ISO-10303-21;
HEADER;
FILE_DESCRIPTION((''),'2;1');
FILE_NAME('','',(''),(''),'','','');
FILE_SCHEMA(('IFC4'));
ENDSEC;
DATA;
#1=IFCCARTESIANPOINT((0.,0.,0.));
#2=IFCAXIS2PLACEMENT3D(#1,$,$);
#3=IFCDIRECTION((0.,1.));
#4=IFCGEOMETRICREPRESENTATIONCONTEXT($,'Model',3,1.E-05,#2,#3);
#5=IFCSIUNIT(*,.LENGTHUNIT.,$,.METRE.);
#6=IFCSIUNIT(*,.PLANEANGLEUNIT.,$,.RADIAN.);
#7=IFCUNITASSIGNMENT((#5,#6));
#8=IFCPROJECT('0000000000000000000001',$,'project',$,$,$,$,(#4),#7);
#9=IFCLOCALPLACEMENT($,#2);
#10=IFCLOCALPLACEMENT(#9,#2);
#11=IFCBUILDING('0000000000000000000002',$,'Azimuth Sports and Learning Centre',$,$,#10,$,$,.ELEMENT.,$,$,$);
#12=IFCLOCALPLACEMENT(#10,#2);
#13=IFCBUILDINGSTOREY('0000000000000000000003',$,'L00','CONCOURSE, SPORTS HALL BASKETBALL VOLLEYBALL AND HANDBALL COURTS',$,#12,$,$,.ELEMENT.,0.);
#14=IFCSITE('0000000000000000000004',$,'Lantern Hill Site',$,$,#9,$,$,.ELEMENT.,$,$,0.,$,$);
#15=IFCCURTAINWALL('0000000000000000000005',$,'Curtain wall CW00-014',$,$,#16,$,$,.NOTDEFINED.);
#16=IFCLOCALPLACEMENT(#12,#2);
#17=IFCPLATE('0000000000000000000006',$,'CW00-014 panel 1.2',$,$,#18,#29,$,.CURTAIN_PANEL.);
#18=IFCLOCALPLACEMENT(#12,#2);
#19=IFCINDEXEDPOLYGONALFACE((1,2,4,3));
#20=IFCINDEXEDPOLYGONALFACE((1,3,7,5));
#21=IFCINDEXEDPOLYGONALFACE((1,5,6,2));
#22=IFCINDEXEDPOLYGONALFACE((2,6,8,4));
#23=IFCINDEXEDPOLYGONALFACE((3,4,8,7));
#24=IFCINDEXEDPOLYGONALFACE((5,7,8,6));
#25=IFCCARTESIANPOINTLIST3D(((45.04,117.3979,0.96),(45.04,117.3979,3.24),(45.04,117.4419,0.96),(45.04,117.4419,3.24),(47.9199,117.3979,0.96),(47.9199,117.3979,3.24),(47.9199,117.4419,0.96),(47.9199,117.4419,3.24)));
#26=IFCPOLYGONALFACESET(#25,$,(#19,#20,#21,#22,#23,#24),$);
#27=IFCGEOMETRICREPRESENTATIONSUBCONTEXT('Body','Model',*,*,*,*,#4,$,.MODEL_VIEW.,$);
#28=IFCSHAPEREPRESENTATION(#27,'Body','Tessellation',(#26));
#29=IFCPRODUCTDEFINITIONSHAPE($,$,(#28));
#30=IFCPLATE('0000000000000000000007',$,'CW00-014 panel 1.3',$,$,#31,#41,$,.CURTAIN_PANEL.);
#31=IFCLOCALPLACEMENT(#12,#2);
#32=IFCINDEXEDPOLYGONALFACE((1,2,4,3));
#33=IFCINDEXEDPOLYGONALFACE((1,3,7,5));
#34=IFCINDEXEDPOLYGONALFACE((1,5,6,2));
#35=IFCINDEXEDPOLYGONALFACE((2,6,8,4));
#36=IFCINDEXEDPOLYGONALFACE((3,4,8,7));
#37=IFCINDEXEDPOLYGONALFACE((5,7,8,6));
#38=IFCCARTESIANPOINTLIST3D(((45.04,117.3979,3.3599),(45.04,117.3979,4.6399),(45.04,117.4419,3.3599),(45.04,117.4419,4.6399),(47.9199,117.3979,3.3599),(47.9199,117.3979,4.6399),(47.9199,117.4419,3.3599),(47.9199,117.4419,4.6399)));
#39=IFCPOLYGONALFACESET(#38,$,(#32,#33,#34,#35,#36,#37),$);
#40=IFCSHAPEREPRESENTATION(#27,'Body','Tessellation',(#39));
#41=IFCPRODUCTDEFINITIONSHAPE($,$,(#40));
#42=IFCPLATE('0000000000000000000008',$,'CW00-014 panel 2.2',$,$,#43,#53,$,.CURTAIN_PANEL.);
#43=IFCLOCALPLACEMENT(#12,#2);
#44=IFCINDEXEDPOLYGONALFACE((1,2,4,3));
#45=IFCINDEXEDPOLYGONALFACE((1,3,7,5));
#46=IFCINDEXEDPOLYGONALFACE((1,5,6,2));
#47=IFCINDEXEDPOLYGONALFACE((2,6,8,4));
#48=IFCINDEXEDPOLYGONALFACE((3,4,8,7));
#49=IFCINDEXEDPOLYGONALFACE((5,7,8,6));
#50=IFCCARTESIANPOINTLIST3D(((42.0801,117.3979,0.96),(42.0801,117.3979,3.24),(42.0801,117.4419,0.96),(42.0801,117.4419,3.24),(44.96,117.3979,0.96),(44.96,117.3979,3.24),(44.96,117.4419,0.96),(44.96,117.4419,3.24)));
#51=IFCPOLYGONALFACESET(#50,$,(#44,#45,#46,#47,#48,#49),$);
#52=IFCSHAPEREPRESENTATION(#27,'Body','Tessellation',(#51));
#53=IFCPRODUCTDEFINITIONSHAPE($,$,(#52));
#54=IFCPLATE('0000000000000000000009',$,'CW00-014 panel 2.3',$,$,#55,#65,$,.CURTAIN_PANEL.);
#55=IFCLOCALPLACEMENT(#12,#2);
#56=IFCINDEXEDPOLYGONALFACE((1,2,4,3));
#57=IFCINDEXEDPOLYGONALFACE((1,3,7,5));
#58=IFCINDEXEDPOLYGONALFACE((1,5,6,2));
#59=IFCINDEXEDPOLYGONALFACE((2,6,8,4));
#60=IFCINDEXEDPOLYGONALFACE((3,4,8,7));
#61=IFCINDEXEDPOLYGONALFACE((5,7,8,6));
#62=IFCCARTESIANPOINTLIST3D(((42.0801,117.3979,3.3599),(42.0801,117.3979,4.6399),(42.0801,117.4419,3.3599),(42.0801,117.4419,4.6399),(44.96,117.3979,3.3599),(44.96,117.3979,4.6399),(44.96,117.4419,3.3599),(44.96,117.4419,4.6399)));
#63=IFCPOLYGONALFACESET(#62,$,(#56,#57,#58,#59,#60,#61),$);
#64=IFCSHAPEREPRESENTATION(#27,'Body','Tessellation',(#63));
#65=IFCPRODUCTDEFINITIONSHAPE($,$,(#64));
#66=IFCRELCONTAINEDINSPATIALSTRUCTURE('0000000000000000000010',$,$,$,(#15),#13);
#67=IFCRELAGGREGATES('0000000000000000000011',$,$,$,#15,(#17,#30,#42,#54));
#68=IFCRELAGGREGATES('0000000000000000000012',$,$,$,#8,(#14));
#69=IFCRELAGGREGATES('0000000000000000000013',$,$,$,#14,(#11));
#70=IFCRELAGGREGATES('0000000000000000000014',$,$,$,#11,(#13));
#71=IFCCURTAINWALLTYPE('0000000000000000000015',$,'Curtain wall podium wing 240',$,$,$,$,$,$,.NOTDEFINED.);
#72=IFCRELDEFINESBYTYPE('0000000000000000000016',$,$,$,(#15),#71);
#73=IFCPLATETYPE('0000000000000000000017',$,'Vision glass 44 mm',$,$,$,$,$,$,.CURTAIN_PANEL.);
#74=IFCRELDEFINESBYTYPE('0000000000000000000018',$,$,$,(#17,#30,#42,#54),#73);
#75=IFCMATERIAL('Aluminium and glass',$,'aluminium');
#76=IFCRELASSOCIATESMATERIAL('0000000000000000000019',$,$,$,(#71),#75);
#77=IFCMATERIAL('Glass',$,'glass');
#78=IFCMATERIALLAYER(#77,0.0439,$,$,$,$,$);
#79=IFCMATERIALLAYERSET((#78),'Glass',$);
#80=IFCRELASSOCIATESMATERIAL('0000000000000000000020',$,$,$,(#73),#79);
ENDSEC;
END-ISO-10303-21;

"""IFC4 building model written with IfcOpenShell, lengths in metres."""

from ifc_helpers import new_model, si_unit, direction, frame, origin, origin_2d, place, context, subcontext, project, spatial, rectangle, extrude, material, layer, layer_set, type_object, element, aggregate, save


model = new_model("IFC4")

# Units and contexts
model_context = context("Model", 3, precision=1e-05, world=origin(), true_north=direction((0.0, 1.0)))
body_context = subcontext(model_context, "Body", "Model", "MODEL_VIEW")
ifc_project = project(units=[si_unit("LENGTHUNIT", "METRE"), si_unit("PLANEANGLEUNIT", "RADIAN")], contexts=[model_context])

# Site, building, storey
site_placement = place(None, origin())
site = spatial("IfcSite", under=ifc_project, at=site_placement, Name="Lantern Hill Site", CompositionType="ELEMENT", RefElevation=0.0)
building_placement = place(site_placement, origin())
building = spatial("IfcBuilding", under=site, at=building_placement, Name="Azimuth Sports and Learning Centre", CompositionType="ELEMENT")
storey_placement = place(building_placement, origin())
storey = spatial("IfcBuildingStorey", under=building, at=storey_placement, Name="L00", Description="CONCOURSE, SPORTS HALL BASKETBALL VOLLEYBALL AND HANDBALL COURTS", CompositionType="ELEMENT", Elevation=0.0)

# Curtain wall
ifc_material_1 = material(Name="Aluminium and glass", Category="aluminium")
curtain_wall_type = type_object("IfcCurtainWallType", Name="Curtain wall podium wing 240", PredefinedType="NOTDEFINED", material=ifc_material_1)
curtain_wall_1_placement = place(storey_placement, origin())
curtain_wall_1 = element("IfcCurtainWall", 1, at=curtain_wall_1_placement, inside=storey, type_object=curtain_wall_type, Name="Curtain wall CW00-014", PredefinedType="NOTDEFINED")

# Plates
ifc_material_2 = material(Name="Glass", Category="glass")
ifc_layer_1 = layer(ifc_material_2, 0.0439)
ifc_layer_set_1 = layer_set([ifc_layer_1], Name="Glass")
plate_type_1 = type_object("IfcPlateType", Name="Vision glass 44 mm", PredefinedType="CURTAIN_PANEL", material=ifc_layer_set_1)
plate_1_placement = place(storey_placement, frame((46.48, 117.4199, 0.96), z_axis=(0.0, 0.0, 1.0), x_axis=(-1.0, 0.0, 0.0)))
plate_1 = element("IfcPlate", 2, at=plate_1_placement, type_object=plate_type_1, Name="CW00-014 panel 1.2", PredefinedType="CURTAIN_PANEL", context=body_context, shape_type="SweptSolid", body=[
    extrude(rectangle(XDim=2.8799, YDim=0.0439, at=origin_2d()), origin(), (0.0, 0.0, 1.0), 2.28),
])
plate_2_placement = place(storey_placement, frame((46.48, 117.4199, 3.3599), z_axis=(0.0, 0.0, 1.0), x_axis=(-1.0, 0.0, 0.0)))
plate_2 = element("IfcPlate", 3, at=plate_2_placement, type_object=plate_type_1, Name="CW00-014 panel 1.3", PredefinedType="CURTAIN_PANEL", context=body_context, shape_type="SweptSolid", body=[
    extrude(rectangle(XDim=2.8799, YDim=0.0439, at=origin_2d()), origin(), (0.0, 0.0, 1.0), 1.28),
])
plate_3_placement = place(storey_placement, frame((43.52, 117.4199, 0.96), z_axis=(0.0, 0.0, 1.0), x_axis=(-1.0, 0.0, 0.0)))
plate_3 = element("IfcPlate", 4, at=plate_3_placement, type_object=plate_type_1, Name="CW00-014 panel 2.2", PredefinedType="CURTAIN_PANEL", context=body_context, shape_type="SweptSolid", body=[
    extrude(rectangle(XDim=2.8799, YDim=0.0439, at=origin_2d()), origin(), (0.0, 0.0, 1.0), 2.28),
])
plate_4_placement = place(storey_placement, frame((43.52, 117.4199, 3.3599), z_axis=(0.0, 0.0, 1.0), x_axis=(-1.0, 0.0, 0.0)))
plate_4 = element("IfcPlate", 5, at=plate_4_placement, type_object=plate_type_1, Name="CW00-014 panel 2.3", PredefinedType="CURTAIN_PANEL", context=body_context, shape_type="SweptSolid", body=[
    extrude(rectangle(XDim=2.8799, YDim=0.0439, at=origin_2d()), origin(), (0.0, 0.0, 1.0), 1.28),
])
aggregate(curtain_wall_1, [plate_1, plate_2, plate_3, plate_4])

save(model, "model.ifc")
